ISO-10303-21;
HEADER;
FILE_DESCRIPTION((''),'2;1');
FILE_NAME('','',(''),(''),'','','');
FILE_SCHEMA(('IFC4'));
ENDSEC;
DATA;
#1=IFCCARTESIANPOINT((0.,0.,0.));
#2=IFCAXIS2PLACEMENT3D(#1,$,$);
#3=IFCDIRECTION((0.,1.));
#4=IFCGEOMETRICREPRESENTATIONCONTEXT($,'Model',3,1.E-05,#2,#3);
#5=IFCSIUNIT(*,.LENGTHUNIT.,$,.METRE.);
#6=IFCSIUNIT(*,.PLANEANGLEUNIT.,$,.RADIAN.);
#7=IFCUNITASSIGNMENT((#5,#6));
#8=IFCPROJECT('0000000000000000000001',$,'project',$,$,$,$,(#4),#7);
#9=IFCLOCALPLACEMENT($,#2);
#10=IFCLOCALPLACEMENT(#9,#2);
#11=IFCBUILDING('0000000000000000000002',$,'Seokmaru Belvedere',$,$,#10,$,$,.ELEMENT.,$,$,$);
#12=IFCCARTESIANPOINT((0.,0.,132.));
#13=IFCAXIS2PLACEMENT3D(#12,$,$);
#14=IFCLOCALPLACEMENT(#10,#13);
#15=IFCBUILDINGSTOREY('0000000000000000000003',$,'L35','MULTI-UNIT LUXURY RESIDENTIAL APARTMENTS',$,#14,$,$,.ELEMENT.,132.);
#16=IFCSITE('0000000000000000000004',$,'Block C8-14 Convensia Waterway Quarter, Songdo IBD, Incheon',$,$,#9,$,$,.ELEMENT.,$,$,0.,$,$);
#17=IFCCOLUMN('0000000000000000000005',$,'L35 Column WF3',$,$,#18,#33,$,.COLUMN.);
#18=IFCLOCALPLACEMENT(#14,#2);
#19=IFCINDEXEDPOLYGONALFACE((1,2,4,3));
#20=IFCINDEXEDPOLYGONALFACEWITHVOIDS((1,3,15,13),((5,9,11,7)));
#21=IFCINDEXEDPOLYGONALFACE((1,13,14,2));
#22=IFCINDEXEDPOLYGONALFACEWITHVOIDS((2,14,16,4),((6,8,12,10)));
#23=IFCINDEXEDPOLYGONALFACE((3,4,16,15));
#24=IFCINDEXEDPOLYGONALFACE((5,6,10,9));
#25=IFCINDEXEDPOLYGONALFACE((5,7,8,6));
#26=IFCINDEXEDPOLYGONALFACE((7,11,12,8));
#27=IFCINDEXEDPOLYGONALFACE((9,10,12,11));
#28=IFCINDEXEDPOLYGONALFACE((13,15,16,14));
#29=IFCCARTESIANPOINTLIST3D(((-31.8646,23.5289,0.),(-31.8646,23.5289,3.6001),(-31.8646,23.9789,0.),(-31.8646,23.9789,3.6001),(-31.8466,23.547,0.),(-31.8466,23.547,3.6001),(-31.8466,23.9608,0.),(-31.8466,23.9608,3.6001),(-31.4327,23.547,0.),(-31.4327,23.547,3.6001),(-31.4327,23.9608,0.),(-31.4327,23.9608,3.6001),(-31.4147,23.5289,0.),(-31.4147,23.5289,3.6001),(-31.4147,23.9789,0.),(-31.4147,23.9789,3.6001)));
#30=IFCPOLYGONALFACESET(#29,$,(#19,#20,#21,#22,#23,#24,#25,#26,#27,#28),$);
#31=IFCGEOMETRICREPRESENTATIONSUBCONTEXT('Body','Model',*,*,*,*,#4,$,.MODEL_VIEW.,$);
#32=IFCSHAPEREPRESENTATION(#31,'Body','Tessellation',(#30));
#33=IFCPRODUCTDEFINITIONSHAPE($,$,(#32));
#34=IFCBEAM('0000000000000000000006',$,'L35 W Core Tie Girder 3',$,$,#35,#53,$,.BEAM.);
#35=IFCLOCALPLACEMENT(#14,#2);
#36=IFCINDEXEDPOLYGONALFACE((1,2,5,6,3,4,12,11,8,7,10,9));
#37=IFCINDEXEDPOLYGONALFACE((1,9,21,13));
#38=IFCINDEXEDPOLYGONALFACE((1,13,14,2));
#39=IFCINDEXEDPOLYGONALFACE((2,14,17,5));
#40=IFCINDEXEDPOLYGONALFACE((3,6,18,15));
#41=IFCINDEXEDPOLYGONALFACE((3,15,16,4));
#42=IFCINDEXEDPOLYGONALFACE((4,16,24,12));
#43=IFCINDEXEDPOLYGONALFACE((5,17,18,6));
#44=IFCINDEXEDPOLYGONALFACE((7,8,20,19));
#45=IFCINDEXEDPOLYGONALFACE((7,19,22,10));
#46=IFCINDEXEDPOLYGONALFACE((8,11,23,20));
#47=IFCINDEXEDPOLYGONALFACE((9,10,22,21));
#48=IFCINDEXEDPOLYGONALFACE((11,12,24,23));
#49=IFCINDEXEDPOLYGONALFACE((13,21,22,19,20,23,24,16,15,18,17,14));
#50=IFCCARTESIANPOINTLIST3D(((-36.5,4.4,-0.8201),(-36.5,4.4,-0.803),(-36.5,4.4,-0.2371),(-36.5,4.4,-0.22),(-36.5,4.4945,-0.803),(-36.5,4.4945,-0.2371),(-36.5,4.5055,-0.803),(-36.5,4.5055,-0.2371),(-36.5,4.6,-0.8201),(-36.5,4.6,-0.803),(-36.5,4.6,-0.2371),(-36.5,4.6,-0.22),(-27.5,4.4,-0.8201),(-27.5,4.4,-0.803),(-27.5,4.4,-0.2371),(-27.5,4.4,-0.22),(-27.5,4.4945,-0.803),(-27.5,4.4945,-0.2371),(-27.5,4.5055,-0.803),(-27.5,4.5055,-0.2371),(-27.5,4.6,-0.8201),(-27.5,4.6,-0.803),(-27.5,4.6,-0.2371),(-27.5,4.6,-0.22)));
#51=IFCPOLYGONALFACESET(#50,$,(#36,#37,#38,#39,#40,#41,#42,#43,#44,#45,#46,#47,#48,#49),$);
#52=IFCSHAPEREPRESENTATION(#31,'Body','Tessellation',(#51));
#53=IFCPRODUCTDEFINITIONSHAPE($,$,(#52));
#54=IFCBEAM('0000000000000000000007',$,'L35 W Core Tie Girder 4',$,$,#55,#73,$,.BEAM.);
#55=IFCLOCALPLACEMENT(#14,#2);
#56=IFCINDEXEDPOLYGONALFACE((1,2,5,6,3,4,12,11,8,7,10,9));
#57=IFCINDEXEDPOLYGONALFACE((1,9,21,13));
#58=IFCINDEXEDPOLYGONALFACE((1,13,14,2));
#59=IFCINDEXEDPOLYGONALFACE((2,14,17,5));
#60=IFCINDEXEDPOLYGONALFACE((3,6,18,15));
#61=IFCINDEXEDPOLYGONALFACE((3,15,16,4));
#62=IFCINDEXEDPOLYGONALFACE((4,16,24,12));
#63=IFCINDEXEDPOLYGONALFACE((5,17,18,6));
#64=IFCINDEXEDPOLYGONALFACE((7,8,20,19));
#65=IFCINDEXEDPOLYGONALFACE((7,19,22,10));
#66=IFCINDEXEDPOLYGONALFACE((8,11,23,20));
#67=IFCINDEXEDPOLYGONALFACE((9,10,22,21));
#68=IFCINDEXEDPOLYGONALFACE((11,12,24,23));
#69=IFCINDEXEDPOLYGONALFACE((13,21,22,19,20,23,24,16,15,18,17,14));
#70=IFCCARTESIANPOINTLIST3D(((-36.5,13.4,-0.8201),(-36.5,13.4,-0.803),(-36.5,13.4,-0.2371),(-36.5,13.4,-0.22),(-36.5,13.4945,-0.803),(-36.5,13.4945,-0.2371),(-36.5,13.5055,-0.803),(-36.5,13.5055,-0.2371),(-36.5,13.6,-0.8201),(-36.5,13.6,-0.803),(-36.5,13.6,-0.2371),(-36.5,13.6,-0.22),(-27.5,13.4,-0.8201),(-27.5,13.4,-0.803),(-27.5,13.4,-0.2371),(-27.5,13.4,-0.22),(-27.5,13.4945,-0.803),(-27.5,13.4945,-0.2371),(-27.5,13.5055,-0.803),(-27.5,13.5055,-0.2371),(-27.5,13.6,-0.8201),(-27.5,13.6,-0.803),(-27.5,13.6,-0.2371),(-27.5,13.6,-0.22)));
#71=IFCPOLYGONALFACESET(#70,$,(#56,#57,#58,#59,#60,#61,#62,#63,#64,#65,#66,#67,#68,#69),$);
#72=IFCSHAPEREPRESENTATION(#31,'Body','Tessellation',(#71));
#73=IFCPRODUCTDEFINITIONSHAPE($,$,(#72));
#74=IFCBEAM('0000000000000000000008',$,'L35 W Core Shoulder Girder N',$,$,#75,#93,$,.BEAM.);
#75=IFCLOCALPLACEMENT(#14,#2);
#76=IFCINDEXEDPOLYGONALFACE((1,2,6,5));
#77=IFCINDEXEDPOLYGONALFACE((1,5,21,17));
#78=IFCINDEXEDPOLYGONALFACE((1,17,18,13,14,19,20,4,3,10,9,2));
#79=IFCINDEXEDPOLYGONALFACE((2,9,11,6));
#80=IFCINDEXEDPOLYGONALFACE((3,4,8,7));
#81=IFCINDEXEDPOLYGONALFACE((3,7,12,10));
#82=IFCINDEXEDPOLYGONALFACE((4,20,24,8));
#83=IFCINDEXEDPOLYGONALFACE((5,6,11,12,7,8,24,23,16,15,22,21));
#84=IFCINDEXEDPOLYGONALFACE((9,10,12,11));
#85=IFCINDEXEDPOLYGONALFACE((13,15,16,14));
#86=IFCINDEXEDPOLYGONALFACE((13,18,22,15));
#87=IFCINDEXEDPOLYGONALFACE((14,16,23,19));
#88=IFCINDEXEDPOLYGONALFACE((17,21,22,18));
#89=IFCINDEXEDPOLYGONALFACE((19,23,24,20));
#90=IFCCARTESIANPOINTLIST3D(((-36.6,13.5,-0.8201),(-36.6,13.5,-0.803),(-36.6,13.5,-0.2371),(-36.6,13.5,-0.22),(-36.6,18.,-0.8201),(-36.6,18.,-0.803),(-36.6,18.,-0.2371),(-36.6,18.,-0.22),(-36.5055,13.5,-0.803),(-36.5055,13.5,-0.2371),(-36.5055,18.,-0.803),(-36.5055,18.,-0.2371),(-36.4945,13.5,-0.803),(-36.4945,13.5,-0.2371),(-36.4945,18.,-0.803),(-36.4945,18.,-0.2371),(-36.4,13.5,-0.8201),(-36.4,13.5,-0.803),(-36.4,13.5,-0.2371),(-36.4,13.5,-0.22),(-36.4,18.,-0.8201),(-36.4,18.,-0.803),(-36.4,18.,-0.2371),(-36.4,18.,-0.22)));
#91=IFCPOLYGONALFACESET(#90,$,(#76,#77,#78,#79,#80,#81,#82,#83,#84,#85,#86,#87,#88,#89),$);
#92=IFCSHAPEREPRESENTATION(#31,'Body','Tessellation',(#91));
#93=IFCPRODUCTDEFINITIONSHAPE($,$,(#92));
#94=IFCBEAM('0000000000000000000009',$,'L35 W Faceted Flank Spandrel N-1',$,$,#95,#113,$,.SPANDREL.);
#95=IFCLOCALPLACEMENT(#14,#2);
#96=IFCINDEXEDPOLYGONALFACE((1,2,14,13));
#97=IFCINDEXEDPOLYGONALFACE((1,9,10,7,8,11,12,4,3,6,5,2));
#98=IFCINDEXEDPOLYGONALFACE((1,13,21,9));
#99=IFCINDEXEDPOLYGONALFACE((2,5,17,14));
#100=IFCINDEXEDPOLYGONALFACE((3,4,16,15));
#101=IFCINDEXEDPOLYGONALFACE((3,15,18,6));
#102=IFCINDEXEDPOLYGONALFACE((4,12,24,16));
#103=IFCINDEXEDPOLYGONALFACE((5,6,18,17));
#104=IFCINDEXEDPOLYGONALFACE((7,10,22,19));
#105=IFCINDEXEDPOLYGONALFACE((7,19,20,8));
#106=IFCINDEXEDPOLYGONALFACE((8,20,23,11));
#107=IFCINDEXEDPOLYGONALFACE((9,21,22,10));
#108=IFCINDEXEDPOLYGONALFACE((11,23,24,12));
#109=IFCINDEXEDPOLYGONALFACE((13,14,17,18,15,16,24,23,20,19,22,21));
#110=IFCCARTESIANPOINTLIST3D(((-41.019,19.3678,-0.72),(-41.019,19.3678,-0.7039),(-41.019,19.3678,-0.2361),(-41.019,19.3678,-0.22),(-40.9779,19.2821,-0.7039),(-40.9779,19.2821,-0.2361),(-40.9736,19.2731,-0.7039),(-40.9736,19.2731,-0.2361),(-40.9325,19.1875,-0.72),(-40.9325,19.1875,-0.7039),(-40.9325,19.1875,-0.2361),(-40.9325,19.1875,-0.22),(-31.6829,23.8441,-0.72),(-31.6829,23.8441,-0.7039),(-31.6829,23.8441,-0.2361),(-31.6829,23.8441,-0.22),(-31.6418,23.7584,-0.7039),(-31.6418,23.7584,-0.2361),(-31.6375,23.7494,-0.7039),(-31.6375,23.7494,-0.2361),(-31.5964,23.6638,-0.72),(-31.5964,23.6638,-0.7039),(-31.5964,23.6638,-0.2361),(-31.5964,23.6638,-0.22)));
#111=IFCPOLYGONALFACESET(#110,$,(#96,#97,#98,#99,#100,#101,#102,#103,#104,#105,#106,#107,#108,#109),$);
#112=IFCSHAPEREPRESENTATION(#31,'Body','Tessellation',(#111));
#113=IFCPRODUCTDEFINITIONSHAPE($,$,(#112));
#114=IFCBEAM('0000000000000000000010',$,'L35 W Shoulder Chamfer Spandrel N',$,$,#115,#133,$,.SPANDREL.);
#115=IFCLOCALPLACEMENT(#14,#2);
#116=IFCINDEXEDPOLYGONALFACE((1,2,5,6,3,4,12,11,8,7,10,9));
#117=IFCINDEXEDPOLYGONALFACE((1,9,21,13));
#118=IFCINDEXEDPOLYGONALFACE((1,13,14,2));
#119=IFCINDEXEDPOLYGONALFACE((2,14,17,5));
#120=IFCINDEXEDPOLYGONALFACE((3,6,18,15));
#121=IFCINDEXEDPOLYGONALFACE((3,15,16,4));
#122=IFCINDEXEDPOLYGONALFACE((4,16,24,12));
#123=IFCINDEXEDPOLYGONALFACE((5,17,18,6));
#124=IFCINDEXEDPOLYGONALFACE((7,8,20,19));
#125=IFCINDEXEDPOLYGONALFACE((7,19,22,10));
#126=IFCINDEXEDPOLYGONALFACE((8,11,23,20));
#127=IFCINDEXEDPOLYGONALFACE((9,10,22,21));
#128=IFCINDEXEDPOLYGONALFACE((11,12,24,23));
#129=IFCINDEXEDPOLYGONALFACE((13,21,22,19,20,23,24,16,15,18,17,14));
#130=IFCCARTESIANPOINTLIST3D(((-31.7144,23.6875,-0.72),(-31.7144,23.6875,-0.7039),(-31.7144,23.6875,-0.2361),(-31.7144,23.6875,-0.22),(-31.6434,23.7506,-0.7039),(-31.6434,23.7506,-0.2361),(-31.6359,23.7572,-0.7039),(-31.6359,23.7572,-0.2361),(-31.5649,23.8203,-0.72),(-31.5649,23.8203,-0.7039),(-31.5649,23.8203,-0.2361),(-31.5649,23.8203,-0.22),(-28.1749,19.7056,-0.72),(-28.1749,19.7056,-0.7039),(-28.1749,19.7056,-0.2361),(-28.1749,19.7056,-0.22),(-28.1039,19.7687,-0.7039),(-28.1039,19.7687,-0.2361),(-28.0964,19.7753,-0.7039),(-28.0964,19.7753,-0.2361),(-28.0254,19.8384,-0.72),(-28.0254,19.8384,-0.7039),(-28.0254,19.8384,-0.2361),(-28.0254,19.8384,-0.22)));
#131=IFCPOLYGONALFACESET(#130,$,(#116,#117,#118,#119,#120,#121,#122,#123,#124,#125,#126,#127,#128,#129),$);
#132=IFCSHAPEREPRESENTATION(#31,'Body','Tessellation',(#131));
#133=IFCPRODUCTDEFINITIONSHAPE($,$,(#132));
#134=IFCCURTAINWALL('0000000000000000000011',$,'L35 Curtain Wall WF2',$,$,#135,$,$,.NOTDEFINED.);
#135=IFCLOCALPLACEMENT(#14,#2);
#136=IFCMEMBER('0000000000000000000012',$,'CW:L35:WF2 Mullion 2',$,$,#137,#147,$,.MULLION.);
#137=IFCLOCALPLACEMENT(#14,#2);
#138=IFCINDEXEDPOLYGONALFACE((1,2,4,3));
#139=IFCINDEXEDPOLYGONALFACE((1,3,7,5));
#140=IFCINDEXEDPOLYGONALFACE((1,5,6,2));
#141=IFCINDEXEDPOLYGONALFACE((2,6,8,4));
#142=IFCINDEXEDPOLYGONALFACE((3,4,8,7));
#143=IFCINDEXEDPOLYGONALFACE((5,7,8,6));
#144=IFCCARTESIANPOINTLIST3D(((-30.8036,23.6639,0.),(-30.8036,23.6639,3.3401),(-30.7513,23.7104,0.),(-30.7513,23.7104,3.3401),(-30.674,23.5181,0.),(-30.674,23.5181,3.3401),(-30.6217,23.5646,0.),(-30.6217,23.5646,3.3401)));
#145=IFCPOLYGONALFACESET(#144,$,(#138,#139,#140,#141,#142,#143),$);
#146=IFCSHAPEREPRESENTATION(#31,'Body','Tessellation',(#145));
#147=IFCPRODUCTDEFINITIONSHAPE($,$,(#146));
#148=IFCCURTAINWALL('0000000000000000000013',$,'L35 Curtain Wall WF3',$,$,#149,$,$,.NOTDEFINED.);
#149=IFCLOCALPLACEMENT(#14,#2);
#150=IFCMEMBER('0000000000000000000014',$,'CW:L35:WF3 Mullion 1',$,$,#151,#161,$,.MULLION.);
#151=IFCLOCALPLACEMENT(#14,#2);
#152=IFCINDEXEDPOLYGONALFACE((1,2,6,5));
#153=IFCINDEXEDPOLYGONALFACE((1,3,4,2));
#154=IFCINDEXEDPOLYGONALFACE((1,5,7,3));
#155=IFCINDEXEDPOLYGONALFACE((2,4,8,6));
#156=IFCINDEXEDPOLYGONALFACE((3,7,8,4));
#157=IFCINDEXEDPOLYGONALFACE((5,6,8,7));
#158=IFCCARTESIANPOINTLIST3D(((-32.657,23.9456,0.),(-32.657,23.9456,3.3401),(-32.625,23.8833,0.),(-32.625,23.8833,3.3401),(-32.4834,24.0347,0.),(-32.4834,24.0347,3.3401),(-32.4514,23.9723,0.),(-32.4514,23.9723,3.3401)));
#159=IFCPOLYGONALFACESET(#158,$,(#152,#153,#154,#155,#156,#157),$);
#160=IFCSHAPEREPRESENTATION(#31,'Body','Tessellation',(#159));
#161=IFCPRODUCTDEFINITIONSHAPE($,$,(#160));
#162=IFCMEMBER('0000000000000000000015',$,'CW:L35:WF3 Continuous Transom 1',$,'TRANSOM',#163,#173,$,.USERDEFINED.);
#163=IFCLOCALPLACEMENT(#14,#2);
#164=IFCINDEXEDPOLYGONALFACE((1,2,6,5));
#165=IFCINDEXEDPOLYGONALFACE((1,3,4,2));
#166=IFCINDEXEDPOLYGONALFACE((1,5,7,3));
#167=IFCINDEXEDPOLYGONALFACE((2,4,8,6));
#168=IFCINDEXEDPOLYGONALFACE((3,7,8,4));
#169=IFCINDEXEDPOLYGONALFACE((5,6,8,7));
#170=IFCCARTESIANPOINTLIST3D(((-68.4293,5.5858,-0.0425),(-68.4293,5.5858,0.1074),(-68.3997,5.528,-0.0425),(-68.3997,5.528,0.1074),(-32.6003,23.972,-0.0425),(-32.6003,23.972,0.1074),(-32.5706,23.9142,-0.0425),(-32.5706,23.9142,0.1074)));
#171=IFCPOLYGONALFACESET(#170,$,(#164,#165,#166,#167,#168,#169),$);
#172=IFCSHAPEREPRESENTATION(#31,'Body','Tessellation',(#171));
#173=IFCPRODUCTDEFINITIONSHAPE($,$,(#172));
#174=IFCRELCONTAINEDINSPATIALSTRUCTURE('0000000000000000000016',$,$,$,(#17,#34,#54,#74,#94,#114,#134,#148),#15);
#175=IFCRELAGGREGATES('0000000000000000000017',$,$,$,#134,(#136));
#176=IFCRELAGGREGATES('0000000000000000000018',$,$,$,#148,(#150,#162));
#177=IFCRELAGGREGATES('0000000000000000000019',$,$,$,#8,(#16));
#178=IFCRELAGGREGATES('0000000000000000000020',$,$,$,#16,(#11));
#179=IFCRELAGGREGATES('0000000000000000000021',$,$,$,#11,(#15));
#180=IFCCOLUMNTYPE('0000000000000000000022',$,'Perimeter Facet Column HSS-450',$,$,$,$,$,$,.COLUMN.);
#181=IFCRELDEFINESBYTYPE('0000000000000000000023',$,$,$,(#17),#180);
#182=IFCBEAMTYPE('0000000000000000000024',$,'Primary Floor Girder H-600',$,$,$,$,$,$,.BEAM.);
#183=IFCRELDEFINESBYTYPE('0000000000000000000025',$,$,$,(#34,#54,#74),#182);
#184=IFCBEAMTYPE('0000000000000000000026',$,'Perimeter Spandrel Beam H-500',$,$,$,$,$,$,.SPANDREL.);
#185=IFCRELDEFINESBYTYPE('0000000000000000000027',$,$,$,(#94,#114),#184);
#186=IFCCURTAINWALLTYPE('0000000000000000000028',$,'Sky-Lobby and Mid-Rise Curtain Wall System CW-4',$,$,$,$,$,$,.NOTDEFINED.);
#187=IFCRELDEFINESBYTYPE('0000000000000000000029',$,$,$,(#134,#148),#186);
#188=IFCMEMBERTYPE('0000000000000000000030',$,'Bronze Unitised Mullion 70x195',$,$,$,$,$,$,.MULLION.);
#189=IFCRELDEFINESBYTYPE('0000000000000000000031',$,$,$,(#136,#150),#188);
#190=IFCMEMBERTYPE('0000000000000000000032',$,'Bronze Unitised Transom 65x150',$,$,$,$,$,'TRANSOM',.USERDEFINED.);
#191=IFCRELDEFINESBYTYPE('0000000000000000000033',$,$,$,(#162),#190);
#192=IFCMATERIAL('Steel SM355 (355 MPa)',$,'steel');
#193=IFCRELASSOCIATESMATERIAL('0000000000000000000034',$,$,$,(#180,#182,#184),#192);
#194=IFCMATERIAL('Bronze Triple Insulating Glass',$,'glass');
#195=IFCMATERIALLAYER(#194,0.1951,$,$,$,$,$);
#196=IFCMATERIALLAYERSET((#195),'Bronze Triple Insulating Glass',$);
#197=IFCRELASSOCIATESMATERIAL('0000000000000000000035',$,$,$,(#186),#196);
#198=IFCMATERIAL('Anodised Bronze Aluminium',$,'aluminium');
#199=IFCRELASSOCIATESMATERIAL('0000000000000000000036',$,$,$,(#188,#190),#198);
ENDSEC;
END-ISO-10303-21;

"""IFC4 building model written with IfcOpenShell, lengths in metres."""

from ifc_helpers import new_model, si_unit, direction, frame, origin, origin_2d, place, context, subcontext, project, spatial, rectangle, hollow_rectangle, i_section, extrude, source, transform, mapped, material, layer, layer_set, material_profile, profile_set, type_object, type_shapes, element, aggregate, save


model = new_model("IFC4")

# Units and contexts
model_context = context("Model", 3, precision=1e-05, world=origin(), true_north=direction((0.0, 1.0)))
body_context = subcontext(model_context, "Body", "Model", "MODEL_VIEW")
ifc_project = project(units=[si_unit("LENGTHUNIT", "METRE"), si_unit("PLANEANGLEUNIT", "RADIAN")], contexts=[model_context])

# Site, building, storey
site_placement = place(None, origin())
site = spatial("IfcSite", under=ifc_project, at=site_placement, Name="Block C8-14 Convensia Waterway Quarter, Songdo IBD, Incheon", CompositionType="ELEMENT", RefElevation=0.0)
building_placement = place(site_placement, origin())
building = spatial("IfcBuilding", under=site, at=building_placement, Name="Seokmaru Belvedere", CompositionType="ELEMENT")
storey_placement = place(building_placement, frame((0.0, 0.0, 132.0)))
storey = spatial("IfcBuildingStorey", under=building, at=storey_placement, Name="L35", Description="MULTI-UNIT LUXURY RESIDENTIAL APARTMENTS", CompositionType="ELEMENT", Elevation=132.0)

# Column
ifc_material_1 = material(Name="Steel SM355 (355 MPa)", Category="steel")
ifc_material_profile_1 = material_profile(ifc_material_1, hollow_rectangle(XDim=0.45, YDim=0.45, WallThickness=0.0181, at=origin_2d()), Name="HSS-450x450x18")
ifc_profile_set_1 = profile_set([ifc_material_profile_1], Name="Steel SM355 (355 MPa)")
column_type = type_object("IfcColumnType", Name="Perimeter Facet Column HSS-450", PredefinedType="COLUMN", material=ifc_profile_set_1)
shared_shape_1 = source(origin(), body_context, "Body", "SweptSolid", [
    extrude(hollow_rectangle(XDim=0.45, YDim=0.45, WallThickness=0.0181, at=origin_2d()), origin(), (0.0, 0.0, 1.0), 3.6001),
])
type_shapes(column_type, [shared_shape_1])
column_placement = place(storey_placement, frame((-31.6396, 23.7539, 0.0), z_axis=(0.0, 0.0, 1.0), x_axis=(1.0, 0.0, 0.0)))
element("IfcColumn", 1, at=column_placement, inside=storey, type_object=column_type, Name="L35 Column WF3", PredefinedType="COLUMN", context=body_context, shape_type="MappedRepresentation", body=[
    mapped(shared_shape_1, transform((0.0, 0.0, 0.0), scale=1.0)),
])

# Beams
ifc_material_profile_2 = material_profile(ifc_material_1, i_section(OverallWidth=0.2, OverallDepth=0.6001, WebThickness=0.011, FlangeThickness=0.0171, at=origin_2d()), Name="H-600x200x11x17")
ifc_profile_set_2 = profile_set([ifc_material_profile_2], Name="Steel SM355 (355 MPa)")
beam_type_1 = type_object("IfcBeamType", Name="Primary Floor Girder H-600", PredefinedType="BEAM", material=ifc_profile_set_2)
shared_shape_2 = source(origin(), body_context, "Body", "SweptSolid", [
    extrude(i_section(OverallWidth=0.2, OverallDepth=0.6001, WebThickness=0.011, FlangeThickness=0.0171, at=origin_2d()), origin(), (0.0, 0.0, 1.0), 9.0),
])
for number, where, z_axis, x_axis, name in (
    (2, (-36.5, 4.5, -0.52), (1.0, 0.0, 0.0), (0.0, 1.0, 0.0), "L35 W Core Tie Girder 3"),
    (3, (-36.5, 13.5, -0.52), (1.0, 0.0, 0.0), (0.0, 1.0, 0.0), "L35 W Core Tie Girder 4"),
):
    element("IfcBeam", number, at=place(storey_placement, frame(where, z_axis=z_axis, x_axis=x_axis)), inside=storey, type_object=beam_type_1, Name=name, PredefinedType="BEAM", context=body_context, shape_type="MappedRepresentation", body=[
        mapped(shared_shape_2, transform((0.0, 0.0, 0.0), scale=1.0)),
    ])
shared_shape_3 = source(origin(), body_context, "Body", "SweptSolid", [
    extrude(i_section(OverallWidth=0.2, OverallDepth=0.6001, WebThickness=0.011, FlangeThickness=0.0171, at=origin_2d()), origin(), (0.0, 0.0, 1.0), 4.5),
])
type_shapes(beam_type_1, [shared_shape_2, shared_shape_3])
beam_1_placement = place(storey_placement, frame((-36.5, 13.5, -0.52), z_axis=(0.0, 1.0, 0.0), x_axis=(-1.0, 0.0, 0.0)))
element("IfcBeam", 4, at=beam_1_placement, inside=storey, type_object=beam_type_1, Name="L35 W Core Shoulder Girder N", PredefinedType="BEAM", context=body_context, shape_type="MappedRepresentation", body=[
    mapped(shared_shape_3, transform((0.0, 0.0, 0.0), scale=1.0)),
])
ifc_material_profile_3 = material_profile(ifc_material_1, i_section(OverallWidth=0.2, OverallDepth=0.5, WebThickness=0.01, FlangeThickness=0.0161, at=origin_2d()), Name="H-500x200x10x16")
ifc_profile_set_3 = profile_set([ifc_material_profile_3], Name="Steel SM355 (355 MPa)")
beam_type_2 = type_object("IfcBeamType", Name="Perimeter Spandrel Beam H-500", PredefinedType="SPANDREL", material=ifc_profile_set_3)
shared_shape_4 = source(origin(), body_context, "Body", "SweptSolid", [
    extrude(i_section(OverallWidth=0.2, OverallDepth=0.5, WebThickness=0.01, FlangeThickness=0.0161, at=origin_2d()), origin(), (0.0, 0.0, 1.0), 10.3538),
])
beam_2_placement = place(storey_placement, frame((-31.6396, 23.7539, -0.47), z_axis=(-0.901713, -0.432335, 0.0), x_axis=(0.432335, -0.901713, 0.0)))
element("IfcBeam", 5, at=beam_2_placement, inside=storey, type_object=beam_type_2, Name="L35 W Faceted Flank Spandrel N-1", PredefinedType="SPANDREL", context=body_context, shape_type="MappedRepresentation", body=[
    mapped(shared_shape_4, transform((0.0, 0.0, 0.0), scale=1.0)),
])
shared_shape_5 = source(origin(), body_context, "Body", "SweptSolid", [
    extrude(i_section(OverallWidth=0.2, OverallDepth=0.5, WebThickness=0.01, FlangeThickness=0.0161, at=origin_2d()), origin(), (0.0, 0.0, 1.0), 5.3276),
])
type_shapes(beam_type_2, [shared_shape_4, shared_shape_5])
beam_3_placement = place(storey_placement, frame((-31.6396, 23.7539, -0.47), z_axis=(0.66437, -0.747404, 0.0), x_axis=(0.747404, 0.66437, 0.0)))
element("IfcBeam", 6, at=beam_3_placement, inside=storey, type_object=beam_type_2, Name="L35 W Shoulder Chamfer Spandrel N", PredefinedType="SPANDREL", context=body_context, shape_type="MappedRepresentation", body=[
    mapped(shared_shape_5, transform((0.0, 0.0, 0.0), scale=1.0)),
])

# Curtain wall, member
ifc_material_2 = material(Name="Bronze Triple Insulating Glass", Category="glass")
ifc_layer_1 = layer(ifc_material_2, 0.1951)
ifc_layer_set_1 = layer_set([ifc_layer_1], Name="Bronze Triple Insulating Glass")
curtain_wall_type = type_object("IfcCurtainWallType", Name="Sky-Lobby and Mid-Rise Curtain Wall System CW-4", PredefinedType="NOTDEFINED", material=ifc_layer_set_1)
curtain_wall_1_placement = place(storey_placement, origin())
curtain_wall_1 = element("IfcCurtainWall", 7, at=curtain_wall_1_placement, inside=storey, type_object=curtain_wall_type, Name="L35 Curtain Wall WF2", PredefinedType="NOTDEFINED")
ifc_material_3 = material(Name="Anodised Bronze Aluminium", Category="aluminium")
ifc_material_profile_4 = material_profile(ifc_material_3, rectangle(XDim=0.0701, YDim=0.1951, at=origin_2d()), Name="CW-M-70x195")
ifc_profile_set_4 = profile_set([ifc_material_profile_4], Name="Anodised Bronze Aluminium")
member_type_1 = type_object("IfcMemberType", Name="Bronze Unitised Mullion 70x195", PredefinedType="MULLION", material=ifc_profile_set_4)
shared_shape_6 = source(origin(), body_context, "Body", "SweptSolid", [
    extrude(rectangle(XDim=0.0701, YDim=0.1951, at=origin_2d()), origin(), (0.0, 0.0, 1.0), 3.3401),
])
type_shapes(member_type_1, [shared_shape_6])
member_1_placement = place(storey_placement, frame((-30.7126, 23.6143, 0.0), z_axis=(0.0, 0.0, 1.0), x_axis=(-0.74741, -0.664363, 0.0)))
member_1 = element("IfcMember", 8, at=member_1_placement, type_object=member_type_1, Name="CW:L35:WF2 Mullion 2", PredefinedType="MULLION", context=body_context, shape_type="MappedRepresentation", body=[
    mapped(shared_shape_6, transform((0.0, 0.0, 0.0), scale=1.0)),
])
aggregate(curtain_wall_1, [member_1])

# Curtain wall, members
curtain_wall_2_placement = place(storey_placement, origin())
curtain_wall_2 = element("IfcCurtainWall", 9, at=curtain_wall_2_placement, inside=storey, type_object=curtain_wall_type, Name="L35 Curtain Wall WF3", PredefinedType="NOTDEFINED")
member_2_placement = place(storey_placement, frame((-32.5542, 23.959, 0.0), z_axis=(0.0, 0.0, 1.0), x_axis=(0.456555, -0.889695, 0.0)))
member_2 = element("IfcMember", 10, at=member_2_placement, type_object=member_type_1, Name="CW:L35:WF3 Mullion 1", PredefinedType="MULLION", context=body_context, shape_type="MappedRepresentation", body=[
    mapped(shared_shape_6, transform((0.0, 0.0, 0.0), scale=1.0)),
])
ifc_material_profile_5 = material_profile(ifc_material_3, rectangle(XDim=0.0649, YDim=0.1499, at=origin_2d()), Name="CW-T-65x150")
ifc_profile_set_5 = profile_set([ifc_material_profile_5], Name="Anodised Bronze Aluminium")
member_type_2 = type_object("IfcMemberType", Name="Bronze Unitised Transom 65x150", ElementType="TRANSOM", PredefinedType="USERDEFINED", material=ifc_profile_set_5)
shared_shape_7 = source(origin(), body_context, "Body", "SweptSolid", [
    extrude(rectangle(XDim=0.0649, YDim=0.1499, at=origin_2d()), origin(), (0.0, 0.0, 1.0), 40.2712),
])
type_shapes(member_type_2, [shared_shape_7])
member_3_placement = place(storey_placement, frame((-32.5854, 23.9431, 0.0325), z_axis=(-0.889693, -0.456559, 0.0), x_axis=(0.456559, -0.889693, 0.0)))
member_3 = element("IfcMember", 11, at=member_3_placement, type_object=member_type_2, Name="CW:L35:WF3 Continuous Transom 1", ObjectType="TRANSOM", PredefinedType="USERDEFINED", context=body_context, shape_type="MappedRepresentation", body=[
    mapped(shared_shape_7, transform((0.0, 0.0, 0.0), scale=1.0)),
])

aggregate(curtain_wall_2, [member_2, member_3])

save(model, "model.ifc")
